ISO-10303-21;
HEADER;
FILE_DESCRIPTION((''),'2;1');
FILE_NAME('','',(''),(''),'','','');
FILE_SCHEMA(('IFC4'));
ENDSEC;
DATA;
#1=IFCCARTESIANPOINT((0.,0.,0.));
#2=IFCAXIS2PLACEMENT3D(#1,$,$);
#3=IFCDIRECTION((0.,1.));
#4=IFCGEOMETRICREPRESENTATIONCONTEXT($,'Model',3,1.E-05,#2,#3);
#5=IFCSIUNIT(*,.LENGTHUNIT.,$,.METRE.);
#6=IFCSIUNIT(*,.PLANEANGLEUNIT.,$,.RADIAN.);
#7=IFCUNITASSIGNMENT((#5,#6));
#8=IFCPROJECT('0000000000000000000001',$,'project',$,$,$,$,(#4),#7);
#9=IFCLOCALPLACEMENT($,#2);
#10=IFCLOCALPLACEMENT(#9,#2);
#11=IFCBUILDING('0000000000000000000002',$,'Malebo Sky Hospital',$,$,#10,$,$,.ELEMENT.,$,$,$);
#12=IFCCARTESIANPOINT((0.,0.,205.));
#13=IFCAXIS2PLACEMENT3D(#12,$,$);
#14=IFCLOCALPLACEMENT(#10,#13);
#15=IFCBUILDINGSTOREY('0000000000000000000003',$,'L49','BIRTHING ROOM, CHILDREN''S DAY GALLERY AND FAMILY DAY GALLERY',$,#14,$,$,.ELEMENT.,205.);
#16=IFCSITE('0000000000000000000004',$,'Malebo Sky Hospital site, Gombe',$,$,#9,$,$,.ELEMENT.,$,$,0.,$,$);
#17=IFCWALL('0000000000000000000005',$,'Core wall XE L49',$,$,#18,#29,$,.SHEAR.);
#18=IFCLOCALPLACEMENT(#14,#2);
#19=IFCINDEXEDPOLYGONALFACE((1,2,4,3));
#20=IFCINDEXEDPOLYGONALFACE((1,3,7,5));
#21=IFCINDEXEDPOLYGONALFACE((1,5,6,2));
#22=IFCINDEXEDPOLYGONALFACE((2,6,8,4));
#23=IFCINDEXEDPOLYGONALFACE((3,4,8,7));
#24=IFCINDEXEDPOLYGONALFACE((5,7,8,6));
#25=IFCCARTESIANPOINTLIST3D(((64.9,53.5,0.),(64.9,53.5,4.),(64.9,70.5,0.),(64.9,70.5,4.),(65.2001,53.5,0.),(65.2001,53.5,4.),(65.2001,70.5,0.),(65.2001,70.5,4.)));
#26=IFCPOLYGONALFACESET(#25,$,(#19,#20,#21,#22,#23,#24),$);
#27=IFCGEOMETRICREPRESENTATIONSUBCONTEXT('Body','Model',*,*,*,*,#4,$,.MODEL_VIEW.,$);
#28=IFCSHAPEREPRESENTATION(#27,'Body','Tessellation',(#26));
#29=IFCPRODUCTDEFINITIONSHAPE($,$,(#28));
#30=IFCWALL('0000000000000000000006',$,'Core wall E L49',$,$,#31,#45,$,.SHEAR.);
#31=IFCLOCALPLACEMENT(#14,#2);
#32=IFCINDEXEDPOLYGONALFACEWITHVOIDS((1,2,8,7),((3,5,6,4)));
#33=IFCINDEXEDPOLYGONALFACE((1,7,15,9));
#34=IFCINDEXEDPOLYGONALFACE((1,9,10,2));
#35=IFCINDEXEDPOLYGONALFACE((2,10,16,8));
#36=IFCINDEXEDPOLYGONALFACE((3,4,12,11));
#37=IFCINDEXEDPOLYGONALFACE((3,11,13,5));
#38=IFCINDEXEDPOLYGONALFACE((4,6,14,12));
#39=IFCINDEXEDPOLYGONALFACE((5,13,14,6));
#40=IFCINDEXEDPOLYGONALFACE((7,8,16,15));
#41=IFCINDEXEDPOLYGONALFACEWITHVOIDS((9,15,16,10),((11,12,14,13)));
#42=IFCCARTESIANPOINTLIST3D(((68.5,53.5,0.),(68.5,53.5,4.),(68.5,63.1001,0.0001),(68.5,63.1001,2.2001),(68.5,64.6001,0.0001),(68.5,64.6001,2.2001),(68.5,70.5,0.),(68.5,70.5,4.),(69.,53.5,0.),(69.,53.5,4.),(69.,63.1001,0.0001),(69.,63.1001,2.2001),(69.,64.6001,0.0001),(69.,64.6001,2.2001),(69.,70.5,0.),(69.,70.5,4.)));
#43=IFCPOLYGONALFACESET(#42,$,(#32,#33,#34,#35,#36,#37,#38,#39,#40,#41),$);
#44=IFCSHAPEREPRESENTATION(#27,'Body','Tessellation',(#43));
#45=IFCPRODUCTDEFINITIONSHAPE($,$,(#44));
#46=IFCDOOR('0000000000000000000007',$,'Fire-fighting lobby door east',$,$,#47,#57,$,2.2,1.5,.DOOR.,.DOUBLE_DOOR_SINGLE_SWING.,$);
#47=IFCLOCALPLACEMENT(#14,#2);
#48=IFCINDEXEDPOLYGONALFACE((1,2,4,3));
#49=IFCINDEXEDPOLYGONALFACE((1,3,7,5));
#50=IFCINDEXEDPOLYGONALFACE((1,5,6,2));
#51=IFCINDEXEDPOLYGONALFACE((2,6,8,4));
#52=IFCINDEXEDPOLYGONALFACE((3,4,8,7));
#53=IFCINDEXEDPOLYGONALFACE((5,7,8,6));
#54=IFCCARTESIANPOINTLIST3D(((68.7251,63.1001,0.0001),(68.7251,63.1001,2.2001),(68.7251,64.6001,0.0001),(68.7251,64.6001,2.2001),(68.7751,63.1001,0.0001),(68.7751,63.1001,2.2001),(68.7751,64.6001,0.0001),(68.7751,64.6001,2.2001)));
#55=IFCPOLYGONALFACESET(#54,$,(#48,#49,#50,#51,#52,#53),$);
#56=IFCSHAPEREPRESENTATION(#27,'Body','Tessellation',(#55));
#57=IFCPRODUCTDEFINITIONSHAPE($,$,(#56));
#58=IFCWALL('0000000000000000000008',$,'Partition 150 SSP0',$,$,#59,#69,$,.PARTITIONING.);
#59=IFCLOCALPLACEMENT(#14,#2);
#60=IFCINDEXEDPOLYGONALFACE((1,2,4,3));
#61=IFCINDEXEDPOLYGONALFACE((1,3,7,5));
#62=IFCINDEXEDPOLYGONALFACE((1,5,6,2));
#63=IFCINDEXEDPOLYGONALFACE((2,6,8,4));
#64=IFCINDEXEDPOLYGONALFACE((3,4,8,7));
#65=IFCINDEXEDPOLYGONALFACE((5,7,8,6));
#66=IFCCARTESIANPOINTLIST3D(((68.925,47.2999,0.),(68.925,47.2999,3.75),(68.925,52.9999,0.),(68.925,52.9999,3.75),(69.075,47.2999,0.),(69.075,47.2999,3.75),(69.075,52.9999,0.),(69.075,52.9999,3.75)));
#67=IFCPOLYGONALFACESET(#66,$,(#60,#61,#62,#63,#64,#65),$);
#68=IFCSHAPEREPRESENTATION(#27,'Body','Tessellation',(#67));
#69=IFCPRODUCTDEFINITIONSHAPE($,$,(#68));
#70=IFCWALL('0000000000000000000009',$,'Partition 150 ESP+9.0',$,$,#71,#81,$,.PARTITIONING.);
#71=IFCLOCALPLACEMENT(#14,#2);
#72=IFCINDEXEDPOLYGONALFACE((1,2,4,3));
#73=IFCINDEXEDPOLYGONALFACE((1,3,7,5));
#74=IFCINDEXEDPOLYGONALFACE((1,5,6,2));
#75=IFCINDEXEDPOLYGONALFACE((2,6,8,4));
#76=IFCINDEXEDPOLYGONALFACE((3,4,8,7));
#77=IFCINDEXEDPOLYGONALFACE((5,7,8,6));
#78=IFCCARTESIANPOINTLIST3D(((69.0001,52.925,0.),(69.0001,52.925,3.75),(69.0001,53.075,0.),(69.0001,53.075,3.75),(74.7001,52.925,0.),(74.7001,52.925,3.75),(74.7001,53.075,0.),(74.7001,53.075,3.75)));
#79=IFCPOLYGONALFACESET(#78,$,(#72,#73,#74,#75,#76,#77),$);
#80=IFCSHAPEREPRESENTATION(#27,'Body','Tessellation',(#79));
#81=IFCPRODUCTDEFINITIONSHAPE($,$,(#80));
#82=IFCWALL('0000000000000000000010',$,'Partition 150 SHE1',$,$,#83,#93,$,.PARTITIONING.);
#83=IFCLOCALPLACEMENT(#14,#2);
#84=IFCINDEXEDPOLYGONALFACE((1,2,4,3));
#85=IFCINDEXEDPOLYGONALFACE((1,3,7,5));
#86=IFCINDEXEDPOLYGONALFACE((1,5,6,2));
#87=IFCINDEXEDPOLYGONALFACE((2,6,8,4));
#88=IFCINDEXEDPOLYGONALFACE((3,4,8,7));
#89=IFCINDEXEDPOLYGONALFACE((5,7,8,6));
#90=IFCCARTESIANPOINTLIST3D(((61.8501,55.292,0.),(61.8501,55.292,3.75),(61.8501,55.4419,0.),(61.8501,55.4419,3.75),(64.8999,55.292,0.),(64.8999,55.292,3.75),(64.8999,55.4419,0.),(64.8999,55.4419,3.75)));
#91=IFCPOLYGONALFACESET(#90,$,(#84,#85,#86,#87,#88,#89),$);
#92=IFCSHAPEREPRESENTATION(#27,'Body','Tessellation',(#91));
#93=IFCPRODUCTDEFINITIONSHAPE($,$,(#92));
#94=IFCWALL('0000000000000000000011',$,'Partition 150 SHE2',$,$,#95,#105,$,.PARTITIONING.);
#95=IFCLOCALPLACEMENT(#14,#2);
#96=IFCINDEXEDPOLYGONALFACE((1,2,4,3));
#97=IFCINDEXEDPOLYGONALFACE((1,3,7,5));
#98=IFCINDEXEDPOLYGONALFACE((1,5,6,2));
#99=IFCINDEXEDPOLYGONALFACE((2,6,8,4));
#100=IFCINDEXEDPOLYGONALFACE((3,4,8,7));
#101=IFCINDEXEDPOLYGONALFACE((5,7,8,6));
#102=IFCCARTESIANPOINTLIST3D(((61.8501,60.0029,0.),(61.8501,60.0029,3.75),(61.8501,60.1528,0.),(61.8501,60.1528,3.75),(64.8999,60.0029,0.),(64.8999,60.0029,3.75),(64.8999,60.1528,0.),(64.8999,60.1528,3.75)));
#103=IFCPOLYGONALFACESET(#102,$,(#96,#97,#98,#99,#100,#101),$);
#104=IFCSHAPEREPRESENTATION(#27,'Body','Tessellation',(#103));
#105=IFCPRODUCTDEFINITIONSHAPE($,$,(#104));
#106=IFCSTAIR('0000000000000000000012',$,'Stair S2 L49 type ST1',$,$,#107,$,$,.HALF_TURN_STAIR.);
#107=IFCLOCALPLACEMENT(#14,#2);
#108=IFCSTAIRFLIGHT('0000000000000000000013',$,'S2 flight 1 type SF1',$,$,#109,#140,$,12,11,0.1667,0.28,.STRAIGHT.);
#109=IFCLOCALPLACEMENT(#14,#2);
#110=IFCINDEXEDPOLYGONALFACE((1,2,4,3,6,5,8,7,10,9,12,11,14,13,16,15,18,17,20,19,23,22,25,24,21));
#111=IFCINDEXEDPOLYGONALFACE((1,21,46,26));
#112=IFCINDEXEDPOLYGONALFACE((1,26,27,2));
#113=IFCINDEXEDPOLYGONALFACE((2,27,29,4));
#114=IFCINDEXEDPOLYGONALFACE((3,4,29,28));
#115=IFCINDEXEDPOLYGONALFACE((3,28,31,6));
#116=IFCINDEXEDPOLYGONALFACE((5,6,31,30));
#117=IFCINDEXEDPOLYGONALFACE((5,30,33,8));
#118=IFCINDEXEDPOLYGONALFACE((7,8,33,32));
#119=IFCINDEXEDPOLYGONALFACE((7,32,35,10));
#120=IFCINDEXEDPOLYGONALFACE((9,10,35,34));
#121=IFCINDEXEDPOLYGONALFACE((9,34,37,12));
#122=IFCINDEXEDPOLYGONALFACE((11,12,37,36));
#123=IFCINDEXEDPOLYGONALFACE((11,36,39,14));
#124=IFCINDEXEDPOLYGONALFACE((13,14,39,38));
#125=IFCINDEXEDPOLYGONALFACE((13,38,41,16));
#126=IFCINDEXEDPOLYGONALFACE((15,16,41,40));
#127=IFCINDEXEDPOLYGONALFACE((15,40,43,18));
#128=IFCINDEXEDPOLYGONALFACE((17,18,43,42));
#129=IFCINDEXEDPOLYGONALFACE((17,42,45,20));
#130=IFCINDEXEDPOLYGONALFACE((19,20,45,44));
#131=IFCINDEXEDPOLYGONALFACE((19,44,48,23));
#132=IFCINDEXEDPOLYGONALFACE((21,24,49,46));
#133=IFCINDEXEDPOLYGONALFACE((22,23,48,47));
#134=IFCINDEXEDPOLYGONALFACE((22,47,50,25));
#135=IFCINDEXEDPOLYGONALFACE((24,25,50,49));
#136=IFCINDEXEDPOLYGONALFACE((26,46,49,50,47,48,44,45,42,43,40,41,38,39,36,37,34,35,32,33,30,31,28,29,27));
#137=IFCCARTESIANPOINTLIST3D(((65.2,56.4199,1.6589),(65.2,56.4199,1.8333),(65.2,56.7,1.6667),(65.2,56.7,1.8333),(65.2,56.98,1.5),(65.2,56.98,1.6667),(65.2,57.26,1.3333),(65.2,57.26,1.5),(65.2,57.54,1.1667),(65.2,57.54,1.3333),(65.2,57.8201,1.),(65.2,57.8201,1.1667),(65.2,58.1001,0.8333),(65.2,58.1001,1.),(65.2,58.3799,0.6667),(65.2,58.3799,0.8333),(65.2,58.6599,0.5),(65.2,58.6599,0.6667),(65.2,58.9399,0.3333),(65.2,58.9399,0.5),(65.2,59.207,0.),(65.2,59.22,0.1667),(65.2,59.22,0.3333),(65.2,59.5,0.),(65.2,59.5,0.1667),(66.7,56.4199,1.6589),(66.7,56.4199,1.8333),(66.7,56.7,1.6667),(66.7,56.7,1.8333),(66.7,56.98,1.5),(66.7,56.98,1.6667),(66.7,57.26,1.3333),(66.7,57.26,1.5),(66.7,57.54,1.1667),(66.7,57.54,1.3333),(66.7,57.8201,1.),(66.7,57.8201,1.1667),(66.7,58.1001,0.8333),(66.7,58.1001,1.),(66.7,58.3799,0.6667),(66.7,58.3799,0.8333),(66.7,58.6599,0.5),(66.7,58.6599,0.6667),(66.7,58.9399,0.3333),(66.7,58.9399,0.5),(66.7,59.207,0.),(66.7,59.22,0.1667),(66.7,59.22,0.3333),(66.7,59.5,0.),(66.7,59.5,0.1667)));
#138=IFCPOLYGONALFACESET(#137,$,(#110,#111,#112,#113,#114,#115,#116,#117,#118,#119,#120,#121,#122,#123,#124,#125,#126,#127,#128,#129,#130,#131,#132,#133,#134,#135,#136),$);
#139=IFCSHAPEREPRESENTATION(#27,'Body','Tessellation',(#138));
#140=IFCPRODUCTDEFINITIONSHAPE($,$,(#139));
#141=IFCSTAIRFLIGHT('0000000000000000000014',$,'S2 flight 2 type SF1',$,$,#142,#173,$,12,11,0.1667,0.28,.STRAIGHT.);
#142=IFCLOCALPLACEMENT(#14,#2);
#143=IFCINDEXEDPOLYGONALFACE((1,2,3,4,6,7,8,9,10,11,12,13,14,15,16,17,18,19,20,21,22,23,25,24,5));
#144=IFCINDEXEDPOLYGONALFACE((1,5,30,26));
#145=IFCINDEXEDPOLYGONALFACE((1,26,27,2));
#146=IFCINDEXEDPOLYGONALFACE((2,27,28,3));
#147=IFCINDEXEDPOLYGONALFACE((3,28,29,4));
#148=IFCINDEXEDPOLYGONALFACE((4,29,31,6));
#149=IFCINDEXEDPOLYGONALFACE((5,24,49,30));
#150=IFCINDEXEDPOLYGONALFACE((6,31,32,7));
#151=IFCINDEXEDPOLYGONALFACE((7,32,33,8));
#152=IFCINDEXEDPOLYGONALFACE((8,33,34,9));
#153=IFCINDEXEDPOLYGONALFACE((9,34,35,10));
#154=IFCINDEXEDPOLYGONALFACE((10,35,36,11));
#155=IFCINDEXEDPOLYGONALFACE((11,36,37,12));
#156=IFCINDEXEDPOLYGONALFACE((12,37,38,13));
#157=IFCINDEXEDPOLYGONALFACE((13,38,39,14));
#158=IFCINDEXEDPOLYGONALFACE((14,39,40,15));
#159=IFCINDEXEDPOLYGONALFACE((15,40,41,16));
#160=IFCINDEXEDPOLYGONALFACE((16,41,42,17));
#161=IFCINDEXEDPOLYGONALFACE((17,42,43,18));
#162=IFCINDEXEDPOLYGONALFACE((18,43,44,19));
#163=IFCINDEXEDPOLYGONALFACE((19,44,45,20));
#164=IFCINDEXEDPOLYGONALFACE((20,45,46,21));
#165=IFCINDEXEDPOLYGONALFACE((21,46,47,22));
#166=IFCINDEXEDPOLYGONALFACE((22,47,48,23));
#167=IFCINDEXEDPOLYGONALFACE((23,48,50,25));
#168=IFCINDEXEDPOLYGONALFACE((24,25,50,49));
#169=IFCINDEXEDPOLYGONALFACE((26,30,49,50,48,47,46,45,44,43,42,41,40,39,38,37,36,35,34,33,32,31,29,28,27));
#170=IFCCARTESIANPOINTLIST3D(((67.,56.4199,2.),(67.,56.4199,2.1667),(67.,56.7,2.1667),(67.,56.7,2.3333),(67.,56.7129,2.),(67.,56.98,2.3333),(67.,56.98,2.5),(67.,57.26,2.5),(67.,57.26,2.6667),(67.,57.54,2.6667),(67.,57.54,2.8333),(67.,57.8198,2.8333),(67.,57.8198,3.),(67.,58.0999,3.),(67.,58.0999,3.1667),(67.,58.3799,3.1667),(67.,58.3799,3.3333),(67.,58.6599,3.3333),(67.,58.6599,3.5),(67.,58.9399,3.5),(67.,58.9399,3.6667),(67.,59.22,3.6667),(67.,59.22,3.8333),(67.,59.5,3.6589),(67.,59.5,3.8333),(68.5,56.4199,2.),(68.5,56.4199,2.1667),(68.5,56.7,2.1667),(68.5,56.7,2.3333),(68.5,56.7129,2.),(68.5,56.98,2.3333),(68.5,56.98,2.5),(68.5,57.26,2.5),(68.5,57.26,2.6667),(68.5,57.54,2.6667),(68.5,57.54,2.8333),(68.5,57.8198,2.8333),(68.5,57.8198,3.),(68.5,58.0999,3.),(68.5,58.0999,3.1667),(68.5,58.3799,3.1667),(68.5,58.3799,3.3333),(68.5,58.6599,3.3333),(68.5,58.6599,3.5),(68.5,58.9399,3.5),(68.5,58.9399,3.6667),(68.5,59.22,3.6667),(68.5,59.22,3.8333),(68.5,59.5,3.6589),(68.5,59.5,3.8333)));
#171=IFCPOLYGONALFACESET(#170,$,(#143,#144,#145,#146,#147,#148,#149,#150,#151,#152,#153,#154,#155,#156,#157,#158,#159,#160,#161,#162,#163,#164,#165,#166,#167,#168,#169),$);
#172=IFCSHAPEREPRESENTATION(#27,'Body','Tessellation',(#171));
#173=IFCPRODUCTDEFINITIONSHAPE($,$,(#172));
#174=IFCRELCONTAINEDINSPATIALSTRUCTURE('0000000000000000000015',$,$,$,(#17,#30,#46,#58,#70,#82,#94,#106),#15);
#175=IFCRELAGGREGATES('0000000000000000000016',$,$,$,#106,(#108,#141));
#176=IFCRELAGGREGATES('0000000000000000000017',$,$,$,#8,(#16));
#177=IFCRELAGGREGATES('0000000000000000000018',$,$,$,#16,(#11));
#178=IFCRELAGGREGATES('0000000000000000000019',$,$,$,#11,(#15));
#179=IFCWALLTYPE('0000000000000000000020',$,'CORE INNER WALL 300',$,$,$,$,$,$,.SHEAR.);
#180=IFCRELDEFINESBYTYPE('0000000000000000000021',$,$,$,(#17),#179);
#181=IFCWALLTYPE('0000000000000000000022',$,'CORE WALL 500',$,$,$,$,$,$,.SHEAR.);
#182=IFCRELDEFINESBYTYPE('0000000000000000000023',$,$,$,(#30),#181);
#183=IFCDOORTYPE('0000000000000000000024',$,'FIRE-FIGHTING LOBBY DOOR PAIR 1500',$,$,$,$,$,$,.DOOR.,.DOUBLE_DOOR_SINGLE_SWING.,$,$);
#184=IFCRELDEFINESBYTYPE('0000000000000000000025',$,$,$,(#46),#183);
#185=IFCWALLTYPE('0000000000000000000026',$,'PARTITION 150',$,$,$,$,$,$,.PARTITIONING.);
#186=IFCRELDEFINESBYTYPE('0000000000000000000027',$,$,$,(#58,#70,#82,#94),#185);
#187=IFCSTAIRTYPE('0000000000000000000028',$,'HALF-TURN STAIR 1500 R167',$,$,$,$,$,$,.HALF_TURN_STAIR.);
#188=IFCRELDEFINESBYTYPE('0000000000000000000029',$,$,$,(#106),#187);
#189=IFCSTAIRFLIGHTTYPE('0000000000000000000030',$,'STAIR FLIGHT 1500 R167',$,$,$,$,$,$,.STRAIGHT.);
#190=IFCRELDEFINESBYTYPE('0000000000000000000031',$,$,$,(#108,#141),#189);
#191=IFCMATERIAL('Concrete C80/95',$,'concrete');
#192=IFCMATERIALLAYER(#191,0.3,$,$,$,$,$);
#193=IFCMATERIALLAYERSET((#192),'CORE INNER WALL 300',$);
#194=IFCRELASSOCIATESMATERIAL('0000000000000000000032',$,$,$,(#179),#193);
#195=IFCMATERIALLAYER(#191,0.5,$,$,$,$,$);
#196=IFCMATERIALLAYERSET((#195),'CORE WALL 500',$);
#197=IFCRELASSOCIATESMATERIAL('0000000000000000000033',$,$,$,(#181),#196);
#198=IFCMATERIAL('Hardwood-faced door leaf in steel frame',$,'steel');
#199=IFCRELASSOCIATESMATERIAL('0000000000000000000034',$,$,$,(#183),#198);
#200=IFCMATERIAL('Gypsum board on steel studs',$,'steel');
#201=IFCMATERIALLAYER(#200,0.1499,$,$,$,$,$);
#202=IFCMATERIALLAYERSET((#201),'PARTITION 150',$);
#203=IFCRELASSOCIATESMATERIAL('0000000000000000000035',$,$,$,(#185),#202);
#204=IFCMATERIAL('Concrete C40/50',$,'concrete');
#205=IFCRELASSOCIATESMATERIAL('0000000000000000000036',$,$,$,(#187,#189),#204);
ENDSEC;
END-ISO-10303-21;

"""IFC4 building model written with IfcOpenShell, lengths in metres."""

from ifc_helpers import new_model, si_unit, direction, frame, frame_2d, origin, place, context, subcontext, project, spatial, polyline, rectangle, outline, extrude, material, layer, layer_set, type_object, element, fill, aggregate, save


model = new_model("IFC4")

# Units and contexts
model_context = context("Model", 3, precision=1e-05, world=origin(), true_north=direction((0.0, 1.0)))
body_context = subcontext(model_context, "Body", "Model", "MODEL_VIEW")
ifc_project = project(units=[si_unit("LENGTHUNIT", "METRE"), si_unit("PLANEANGLEUNIT", "RADIAN")], contexts=[model_context])

# Site, building, storey
site_placement = place(None, origin())
site = spatial("IfcSite", under=ifc_project, at=site_placement, Name="Malebo Sky Hospital site, Gombe", CompositionType="ELEMENT", RefElevation=0.0)
building_placement = place(site_placement, origin())
building = spatial("IfcBuilding", under=site, at=building_placement, Name="Malebo Sky Hospital", CompositionType="ELEMENT")
storey_placement = place(building_placement, frame((0.0, 0.0, 205.0)))
storey = spatial("IfcBuildingStorey", under=building, at=storey_placement, Name="L49", Description="BIRTHING ROOM, CHILDREN'S DAY GALLERY AND FAMILY DAY GALLERY", CompositionType="ELEMENT", Elevation=205.0)

# Shared definitions
ifc_material_1 = material(Name="Concrete C80/95", Category="concrete")
ifc_material_2 = material(Name="Hardwood-faced door leaf in steel frame", Category="steel")

# Wall
ifc_layer_1 = layer(ifc_material_1, 0.3)
ifc_layer_set_1 = layer_set([ifc_layer_1], Name="CORE INNER WALL 300")
wall_type_1 = type_object("IfcWallType", Name="CORE INNER WALL 300", PredefinedType="SHEAR", material=ifc_layer_set_1)
wall_1_placement = place(storey_placement, frame((65.05, 53.5, 0.0), z_axis=(0.0, 0.0, 1.0), x_axis=(0.0, 1.0, 0.0)))
element("IfcWall", 1, at=wall_1_placement, inside=storey, type_object=wall_type_1, Name="Core wall XE L49", PredefinedType="SHEAR", context=body_context, shape_type="SweptSolid", body=[
    extrude(rectangle(XDim=17.0, YDim=0.3, at=frame_2d((8.5, 0.0))), origin(), (0.0, 0.0, 1.0), 4.0),
])

# Wall, opening, door
ifc_layer_2 = layer(ifc_material_1, 0.5)
ifc_layer_set_2 = layer_set([ifc_layer_2], Name="CORE WALL 500")
wall_type_2 = type_object("IfcWallType", Name="CORE WALL 500", PredefinedType="SHEAR", material=ifc_layer_set_2)
wall_2_placement = place(storey_placement, frame((68.75, 53.5, 0.0), z_axis=(0.0, 0.0, 1.0), x_axis=(0.0, 1.0, 0.0)))
wall_2 = element("IfcWall", 2, at=wall_2_placement, inside=storey, type_object=wall_type_2, Name="Core wall E L49", PredefinedType="SHEAR", context=body_context, shape_type="SweptSolid", body=[
    extrude(rectangle(XDim=17.0, YDim=0.5, at=frame_2d((8.5, 0.0))), origin(), (0.0, 0.0, 1.0), 4.0),
])
opening_1_placement = place(wall_2_placement, frame((9.6001, 0.0, 0.0)))
opening_1 = element("IfcOpeningElement", 3, at=opening_1_placement, cuts=wall_2, PredefinedType="OPENING", context=body_context, shape_type="SweptSolid", body=[
    extrude(rectangle(XDim=1.5, YDim=2.2, at=frame_2d((0.75, 1.1001))), frame((0.0, 0.26, 0.0), z_axis=(0.0, -1.0, 0.0), x_axis=(1.0, 0.0, 0.0)), (0.0, 0.0, 1.0), 0.52),
])
door_type_1 = type_object("IfcDoorType", Name="FIRE-FIGHTING LOBBY DOOR PAIR 1500", OperationType="DOUBLE_DOOR_SINGLE_SWING", PredefinedType="DOOR", material=ifc_material_2)
door_1_placement = place(opening_1_placement, origin())
door_1 = element("IfcDoor", 4, at=door_1_placement, inside=storey, type_object=door_type_1, Name="Fire-fighting lobby door east", OperationType="DOUBLE_DOOR_SINGLE_SWING", OverallHeight=2.2, OverallWidth=1.5, PredefinedType="DOOR", context=body_context, shape_type="SweptSolid", body=[
    extrude(rectangle(XDim=1.5, YDim=2.2, at=frame_2d((0.75, 1.1001))), frame((0.0, 0.0249, 0.0), z_axis=(0.0, -1.0, 0.0), x_axis=(1.0, 0.0, 0.0)), (0.0, 0.0, 1.0), 0.05),
])
fill(opening_1, door_1)

# Walls
ifc_material_3 = material(Name="Gypsum board on steel studs", Category="steel")
ifc_layer_3 = layer(ifc_material_3, 0.1499)
ifc_layer_set_3 = layer_set([ifc_layer_3], Name="PARTITION 150")
wall_type_3 = type_object("IfcWallType", Name="PARTITION 150", PredefinedType="PARTITIONING", material=ifc_layer_set_3)
for number, where, z_axis, x_axis, name in (
    (5, (69.0, 53.0, 0.0), (0.0, 0.0, 1.0), (0.0, -1.0, 0.0), "Partition 150 SSP0"),
    (6, (69.0, 53.0, 0.0), (0.0, 0.0, 1.0), (1.0, 0.0, 0.0), "Partition 150 ESP+9.0"),
):
    element("IfcWall", number, at=place(storey_placement, frame(where, z_axis=z_axis, x_axis=x_axis)), inside=storey, type_object=wall_type_3, Name=name, PredefinedType="PARTITIONING", context=body_context, shape_type="SweptSolid", body=[
        extrude(rectangle(XDim=5.7, YDim=0.1499, at=frame_2d((2.8501, 0.0))), origin(), (0.0, 0.0, 1.0), 3.75),
    ])
for number, where, z_axis, x_axis, name in (
    (7, (61.8501, 55.3669, 0.0), (0.0, 0.0, 1.0), (1.0, 0.0, 0.0), "Partition 150 SHE1"),
    (8, (61.8501, 60.0779, 0.0), (0.0, 0.0, 1.0), (1.0, 0.0, 0.0), "Partition 150 SHE2"),
):
    element("IfcWall", number, at=place(storey_placement, frame(where, z_axis=z_axis, x_axis=x_axis)), inside=storey, type_object=wall_type_3, Name=name, PredefinedType="PARTITIONING", context=body_context, shape_type="SweptSolid", body=[
        extrude(rectangle(XDim=3.0498, YDim=0.1499, at=frame_2d((1.5249, 0.0))), origin(), (0.0, 0.0, 1.0), 3.75),
    ])

# Stair, stair flights
ifc_material_4 = material(Name="Concrete C40/50", Category="concrete")
stair_type = type_object("IfcStairType", Name="HALF-TURN STAIR 1500 R167", PredefinedType="HALF_TURN_STAIR", material=ifc_material_4)
stair_placement = place(storey_placement, origin())
stair = element("IfcStair", 9, at=stair_placement, inside=storey, type_object=stair_type, Name="Stair S2 L49 type ST1", PredefinedType="HALF_TURN_STAIR")
stair_flight_type = type_object("IfcStairFlightType", Name="STAIR FLIGHT 1500 R167", PredefinedType="STRAIGHT", material=ifc_material_4)
stair_flight_1_placement = place(storey_placement, frame((65.95, 59.5, 0.0), z_axis=(0.0, 0.0, 1.0), x_axis=(0.0, -1.0, 0.0)))
stair_flight_1 = element("IfcStairFlight", 10, at=stair_flight_1_placement, type_object=stair_flight_type, Name="S2 flight 1 type SF1", NumberOfRisers=12, NumberOfTreads=11, PredefinedType="STRAIGHT", RiserHeight=0.1667, TreadLength=0.28, context=body_context, shape_type="SweptSolid", body=[
    extrude(outline(polyline([(0.0, 0.0), (0.0, 0.1667), (0.28, 0.1667), (0.28, 0.3333), (0.5601, 0.3333), (0.5601, 0.5), (0.8401, 0.5), (0.8401, 0.6667), (1.1201, 0.6667), (1.1201, 0.8333), (1.3999, 0.8333), (1.3999, 1.0), (1.6799, 1.0), (1.6799, 1.1667), (1.96, 1.1667), (1.96, 1.3333), (2.24, 1.3333), (2.24, 1.5), (2.52, 1.5), (2.52, 1.6667), (2.8, 1.6667), (2.8, 1.8333), (3.0801, 1.8333), (3.0801, 2.0), (3.0801, 1.6589), (0.293, 0.0), (0.0, 0.0)])), frame((0.0, 0.75, 0.0), z_axis=(0.0, -1.0, 0.0), x_axis=(1.0, 0.0, 0.0)), (0.0, 0.0, 1.0), 1.5),
])
stair_flight_2_placement = place(storey_placement, frame((67.75, 56.4199, 2.0), z_axis=(0.0, 0.0, 1.0), x_axis=(0.0, 1.0, 0.0)))
stair_flight_2 = element("IfcStairFlight", 11, at=stair_flight_2_placement, type_object=stair_flight_type, Name="S2 flight 2 type SF1", NumberOfRisers=12, NumberOfTreads=11, PredefinedType="STRAIGHT", RiserHeight=0.1667, TreadLength=0.28, context=body_context, shape_type="SweptSolid", body=[
    extrude(outline(polyline([(0.0, 0.0), (0.0, 0.1667), (0.28, 0.1667), (0.28, 0.3333), (0.5601, 0.3333), (0.5601, 0.5), (0.8401, 0.5), (0.8401, 0.6667), (1.1201, 0.6667), (1.1201, 0.8333), (1.3999, 0.8333), (1.3999, 1.0), (1.6799, 1.0), (1.6799, 1.1667), (1.96, 1.1667), (1.96, 1.3333), (2.24, 1.3333), (2.24, 1.5), (2.52, 1.5), (2.52, 1.6667), (2.8, 1.6667), (2.8, 1.8333), (3.0801, 1.8333), (3.0801, 2.0), (3.0801, 1.6589), (0.293, 0.0), (0.0, 0.0)])), frame((0.0, 0.75, 0.0), z_axis=(0.0, -1.0, 0.0), x_axis=(1.0, 0.0, 0.0)), (0.0, 0.0, 1.0), 1.5),
])
aggregate(stair, [stair_flight_1, stair_flight_2])

save(model, "model.ifc")
